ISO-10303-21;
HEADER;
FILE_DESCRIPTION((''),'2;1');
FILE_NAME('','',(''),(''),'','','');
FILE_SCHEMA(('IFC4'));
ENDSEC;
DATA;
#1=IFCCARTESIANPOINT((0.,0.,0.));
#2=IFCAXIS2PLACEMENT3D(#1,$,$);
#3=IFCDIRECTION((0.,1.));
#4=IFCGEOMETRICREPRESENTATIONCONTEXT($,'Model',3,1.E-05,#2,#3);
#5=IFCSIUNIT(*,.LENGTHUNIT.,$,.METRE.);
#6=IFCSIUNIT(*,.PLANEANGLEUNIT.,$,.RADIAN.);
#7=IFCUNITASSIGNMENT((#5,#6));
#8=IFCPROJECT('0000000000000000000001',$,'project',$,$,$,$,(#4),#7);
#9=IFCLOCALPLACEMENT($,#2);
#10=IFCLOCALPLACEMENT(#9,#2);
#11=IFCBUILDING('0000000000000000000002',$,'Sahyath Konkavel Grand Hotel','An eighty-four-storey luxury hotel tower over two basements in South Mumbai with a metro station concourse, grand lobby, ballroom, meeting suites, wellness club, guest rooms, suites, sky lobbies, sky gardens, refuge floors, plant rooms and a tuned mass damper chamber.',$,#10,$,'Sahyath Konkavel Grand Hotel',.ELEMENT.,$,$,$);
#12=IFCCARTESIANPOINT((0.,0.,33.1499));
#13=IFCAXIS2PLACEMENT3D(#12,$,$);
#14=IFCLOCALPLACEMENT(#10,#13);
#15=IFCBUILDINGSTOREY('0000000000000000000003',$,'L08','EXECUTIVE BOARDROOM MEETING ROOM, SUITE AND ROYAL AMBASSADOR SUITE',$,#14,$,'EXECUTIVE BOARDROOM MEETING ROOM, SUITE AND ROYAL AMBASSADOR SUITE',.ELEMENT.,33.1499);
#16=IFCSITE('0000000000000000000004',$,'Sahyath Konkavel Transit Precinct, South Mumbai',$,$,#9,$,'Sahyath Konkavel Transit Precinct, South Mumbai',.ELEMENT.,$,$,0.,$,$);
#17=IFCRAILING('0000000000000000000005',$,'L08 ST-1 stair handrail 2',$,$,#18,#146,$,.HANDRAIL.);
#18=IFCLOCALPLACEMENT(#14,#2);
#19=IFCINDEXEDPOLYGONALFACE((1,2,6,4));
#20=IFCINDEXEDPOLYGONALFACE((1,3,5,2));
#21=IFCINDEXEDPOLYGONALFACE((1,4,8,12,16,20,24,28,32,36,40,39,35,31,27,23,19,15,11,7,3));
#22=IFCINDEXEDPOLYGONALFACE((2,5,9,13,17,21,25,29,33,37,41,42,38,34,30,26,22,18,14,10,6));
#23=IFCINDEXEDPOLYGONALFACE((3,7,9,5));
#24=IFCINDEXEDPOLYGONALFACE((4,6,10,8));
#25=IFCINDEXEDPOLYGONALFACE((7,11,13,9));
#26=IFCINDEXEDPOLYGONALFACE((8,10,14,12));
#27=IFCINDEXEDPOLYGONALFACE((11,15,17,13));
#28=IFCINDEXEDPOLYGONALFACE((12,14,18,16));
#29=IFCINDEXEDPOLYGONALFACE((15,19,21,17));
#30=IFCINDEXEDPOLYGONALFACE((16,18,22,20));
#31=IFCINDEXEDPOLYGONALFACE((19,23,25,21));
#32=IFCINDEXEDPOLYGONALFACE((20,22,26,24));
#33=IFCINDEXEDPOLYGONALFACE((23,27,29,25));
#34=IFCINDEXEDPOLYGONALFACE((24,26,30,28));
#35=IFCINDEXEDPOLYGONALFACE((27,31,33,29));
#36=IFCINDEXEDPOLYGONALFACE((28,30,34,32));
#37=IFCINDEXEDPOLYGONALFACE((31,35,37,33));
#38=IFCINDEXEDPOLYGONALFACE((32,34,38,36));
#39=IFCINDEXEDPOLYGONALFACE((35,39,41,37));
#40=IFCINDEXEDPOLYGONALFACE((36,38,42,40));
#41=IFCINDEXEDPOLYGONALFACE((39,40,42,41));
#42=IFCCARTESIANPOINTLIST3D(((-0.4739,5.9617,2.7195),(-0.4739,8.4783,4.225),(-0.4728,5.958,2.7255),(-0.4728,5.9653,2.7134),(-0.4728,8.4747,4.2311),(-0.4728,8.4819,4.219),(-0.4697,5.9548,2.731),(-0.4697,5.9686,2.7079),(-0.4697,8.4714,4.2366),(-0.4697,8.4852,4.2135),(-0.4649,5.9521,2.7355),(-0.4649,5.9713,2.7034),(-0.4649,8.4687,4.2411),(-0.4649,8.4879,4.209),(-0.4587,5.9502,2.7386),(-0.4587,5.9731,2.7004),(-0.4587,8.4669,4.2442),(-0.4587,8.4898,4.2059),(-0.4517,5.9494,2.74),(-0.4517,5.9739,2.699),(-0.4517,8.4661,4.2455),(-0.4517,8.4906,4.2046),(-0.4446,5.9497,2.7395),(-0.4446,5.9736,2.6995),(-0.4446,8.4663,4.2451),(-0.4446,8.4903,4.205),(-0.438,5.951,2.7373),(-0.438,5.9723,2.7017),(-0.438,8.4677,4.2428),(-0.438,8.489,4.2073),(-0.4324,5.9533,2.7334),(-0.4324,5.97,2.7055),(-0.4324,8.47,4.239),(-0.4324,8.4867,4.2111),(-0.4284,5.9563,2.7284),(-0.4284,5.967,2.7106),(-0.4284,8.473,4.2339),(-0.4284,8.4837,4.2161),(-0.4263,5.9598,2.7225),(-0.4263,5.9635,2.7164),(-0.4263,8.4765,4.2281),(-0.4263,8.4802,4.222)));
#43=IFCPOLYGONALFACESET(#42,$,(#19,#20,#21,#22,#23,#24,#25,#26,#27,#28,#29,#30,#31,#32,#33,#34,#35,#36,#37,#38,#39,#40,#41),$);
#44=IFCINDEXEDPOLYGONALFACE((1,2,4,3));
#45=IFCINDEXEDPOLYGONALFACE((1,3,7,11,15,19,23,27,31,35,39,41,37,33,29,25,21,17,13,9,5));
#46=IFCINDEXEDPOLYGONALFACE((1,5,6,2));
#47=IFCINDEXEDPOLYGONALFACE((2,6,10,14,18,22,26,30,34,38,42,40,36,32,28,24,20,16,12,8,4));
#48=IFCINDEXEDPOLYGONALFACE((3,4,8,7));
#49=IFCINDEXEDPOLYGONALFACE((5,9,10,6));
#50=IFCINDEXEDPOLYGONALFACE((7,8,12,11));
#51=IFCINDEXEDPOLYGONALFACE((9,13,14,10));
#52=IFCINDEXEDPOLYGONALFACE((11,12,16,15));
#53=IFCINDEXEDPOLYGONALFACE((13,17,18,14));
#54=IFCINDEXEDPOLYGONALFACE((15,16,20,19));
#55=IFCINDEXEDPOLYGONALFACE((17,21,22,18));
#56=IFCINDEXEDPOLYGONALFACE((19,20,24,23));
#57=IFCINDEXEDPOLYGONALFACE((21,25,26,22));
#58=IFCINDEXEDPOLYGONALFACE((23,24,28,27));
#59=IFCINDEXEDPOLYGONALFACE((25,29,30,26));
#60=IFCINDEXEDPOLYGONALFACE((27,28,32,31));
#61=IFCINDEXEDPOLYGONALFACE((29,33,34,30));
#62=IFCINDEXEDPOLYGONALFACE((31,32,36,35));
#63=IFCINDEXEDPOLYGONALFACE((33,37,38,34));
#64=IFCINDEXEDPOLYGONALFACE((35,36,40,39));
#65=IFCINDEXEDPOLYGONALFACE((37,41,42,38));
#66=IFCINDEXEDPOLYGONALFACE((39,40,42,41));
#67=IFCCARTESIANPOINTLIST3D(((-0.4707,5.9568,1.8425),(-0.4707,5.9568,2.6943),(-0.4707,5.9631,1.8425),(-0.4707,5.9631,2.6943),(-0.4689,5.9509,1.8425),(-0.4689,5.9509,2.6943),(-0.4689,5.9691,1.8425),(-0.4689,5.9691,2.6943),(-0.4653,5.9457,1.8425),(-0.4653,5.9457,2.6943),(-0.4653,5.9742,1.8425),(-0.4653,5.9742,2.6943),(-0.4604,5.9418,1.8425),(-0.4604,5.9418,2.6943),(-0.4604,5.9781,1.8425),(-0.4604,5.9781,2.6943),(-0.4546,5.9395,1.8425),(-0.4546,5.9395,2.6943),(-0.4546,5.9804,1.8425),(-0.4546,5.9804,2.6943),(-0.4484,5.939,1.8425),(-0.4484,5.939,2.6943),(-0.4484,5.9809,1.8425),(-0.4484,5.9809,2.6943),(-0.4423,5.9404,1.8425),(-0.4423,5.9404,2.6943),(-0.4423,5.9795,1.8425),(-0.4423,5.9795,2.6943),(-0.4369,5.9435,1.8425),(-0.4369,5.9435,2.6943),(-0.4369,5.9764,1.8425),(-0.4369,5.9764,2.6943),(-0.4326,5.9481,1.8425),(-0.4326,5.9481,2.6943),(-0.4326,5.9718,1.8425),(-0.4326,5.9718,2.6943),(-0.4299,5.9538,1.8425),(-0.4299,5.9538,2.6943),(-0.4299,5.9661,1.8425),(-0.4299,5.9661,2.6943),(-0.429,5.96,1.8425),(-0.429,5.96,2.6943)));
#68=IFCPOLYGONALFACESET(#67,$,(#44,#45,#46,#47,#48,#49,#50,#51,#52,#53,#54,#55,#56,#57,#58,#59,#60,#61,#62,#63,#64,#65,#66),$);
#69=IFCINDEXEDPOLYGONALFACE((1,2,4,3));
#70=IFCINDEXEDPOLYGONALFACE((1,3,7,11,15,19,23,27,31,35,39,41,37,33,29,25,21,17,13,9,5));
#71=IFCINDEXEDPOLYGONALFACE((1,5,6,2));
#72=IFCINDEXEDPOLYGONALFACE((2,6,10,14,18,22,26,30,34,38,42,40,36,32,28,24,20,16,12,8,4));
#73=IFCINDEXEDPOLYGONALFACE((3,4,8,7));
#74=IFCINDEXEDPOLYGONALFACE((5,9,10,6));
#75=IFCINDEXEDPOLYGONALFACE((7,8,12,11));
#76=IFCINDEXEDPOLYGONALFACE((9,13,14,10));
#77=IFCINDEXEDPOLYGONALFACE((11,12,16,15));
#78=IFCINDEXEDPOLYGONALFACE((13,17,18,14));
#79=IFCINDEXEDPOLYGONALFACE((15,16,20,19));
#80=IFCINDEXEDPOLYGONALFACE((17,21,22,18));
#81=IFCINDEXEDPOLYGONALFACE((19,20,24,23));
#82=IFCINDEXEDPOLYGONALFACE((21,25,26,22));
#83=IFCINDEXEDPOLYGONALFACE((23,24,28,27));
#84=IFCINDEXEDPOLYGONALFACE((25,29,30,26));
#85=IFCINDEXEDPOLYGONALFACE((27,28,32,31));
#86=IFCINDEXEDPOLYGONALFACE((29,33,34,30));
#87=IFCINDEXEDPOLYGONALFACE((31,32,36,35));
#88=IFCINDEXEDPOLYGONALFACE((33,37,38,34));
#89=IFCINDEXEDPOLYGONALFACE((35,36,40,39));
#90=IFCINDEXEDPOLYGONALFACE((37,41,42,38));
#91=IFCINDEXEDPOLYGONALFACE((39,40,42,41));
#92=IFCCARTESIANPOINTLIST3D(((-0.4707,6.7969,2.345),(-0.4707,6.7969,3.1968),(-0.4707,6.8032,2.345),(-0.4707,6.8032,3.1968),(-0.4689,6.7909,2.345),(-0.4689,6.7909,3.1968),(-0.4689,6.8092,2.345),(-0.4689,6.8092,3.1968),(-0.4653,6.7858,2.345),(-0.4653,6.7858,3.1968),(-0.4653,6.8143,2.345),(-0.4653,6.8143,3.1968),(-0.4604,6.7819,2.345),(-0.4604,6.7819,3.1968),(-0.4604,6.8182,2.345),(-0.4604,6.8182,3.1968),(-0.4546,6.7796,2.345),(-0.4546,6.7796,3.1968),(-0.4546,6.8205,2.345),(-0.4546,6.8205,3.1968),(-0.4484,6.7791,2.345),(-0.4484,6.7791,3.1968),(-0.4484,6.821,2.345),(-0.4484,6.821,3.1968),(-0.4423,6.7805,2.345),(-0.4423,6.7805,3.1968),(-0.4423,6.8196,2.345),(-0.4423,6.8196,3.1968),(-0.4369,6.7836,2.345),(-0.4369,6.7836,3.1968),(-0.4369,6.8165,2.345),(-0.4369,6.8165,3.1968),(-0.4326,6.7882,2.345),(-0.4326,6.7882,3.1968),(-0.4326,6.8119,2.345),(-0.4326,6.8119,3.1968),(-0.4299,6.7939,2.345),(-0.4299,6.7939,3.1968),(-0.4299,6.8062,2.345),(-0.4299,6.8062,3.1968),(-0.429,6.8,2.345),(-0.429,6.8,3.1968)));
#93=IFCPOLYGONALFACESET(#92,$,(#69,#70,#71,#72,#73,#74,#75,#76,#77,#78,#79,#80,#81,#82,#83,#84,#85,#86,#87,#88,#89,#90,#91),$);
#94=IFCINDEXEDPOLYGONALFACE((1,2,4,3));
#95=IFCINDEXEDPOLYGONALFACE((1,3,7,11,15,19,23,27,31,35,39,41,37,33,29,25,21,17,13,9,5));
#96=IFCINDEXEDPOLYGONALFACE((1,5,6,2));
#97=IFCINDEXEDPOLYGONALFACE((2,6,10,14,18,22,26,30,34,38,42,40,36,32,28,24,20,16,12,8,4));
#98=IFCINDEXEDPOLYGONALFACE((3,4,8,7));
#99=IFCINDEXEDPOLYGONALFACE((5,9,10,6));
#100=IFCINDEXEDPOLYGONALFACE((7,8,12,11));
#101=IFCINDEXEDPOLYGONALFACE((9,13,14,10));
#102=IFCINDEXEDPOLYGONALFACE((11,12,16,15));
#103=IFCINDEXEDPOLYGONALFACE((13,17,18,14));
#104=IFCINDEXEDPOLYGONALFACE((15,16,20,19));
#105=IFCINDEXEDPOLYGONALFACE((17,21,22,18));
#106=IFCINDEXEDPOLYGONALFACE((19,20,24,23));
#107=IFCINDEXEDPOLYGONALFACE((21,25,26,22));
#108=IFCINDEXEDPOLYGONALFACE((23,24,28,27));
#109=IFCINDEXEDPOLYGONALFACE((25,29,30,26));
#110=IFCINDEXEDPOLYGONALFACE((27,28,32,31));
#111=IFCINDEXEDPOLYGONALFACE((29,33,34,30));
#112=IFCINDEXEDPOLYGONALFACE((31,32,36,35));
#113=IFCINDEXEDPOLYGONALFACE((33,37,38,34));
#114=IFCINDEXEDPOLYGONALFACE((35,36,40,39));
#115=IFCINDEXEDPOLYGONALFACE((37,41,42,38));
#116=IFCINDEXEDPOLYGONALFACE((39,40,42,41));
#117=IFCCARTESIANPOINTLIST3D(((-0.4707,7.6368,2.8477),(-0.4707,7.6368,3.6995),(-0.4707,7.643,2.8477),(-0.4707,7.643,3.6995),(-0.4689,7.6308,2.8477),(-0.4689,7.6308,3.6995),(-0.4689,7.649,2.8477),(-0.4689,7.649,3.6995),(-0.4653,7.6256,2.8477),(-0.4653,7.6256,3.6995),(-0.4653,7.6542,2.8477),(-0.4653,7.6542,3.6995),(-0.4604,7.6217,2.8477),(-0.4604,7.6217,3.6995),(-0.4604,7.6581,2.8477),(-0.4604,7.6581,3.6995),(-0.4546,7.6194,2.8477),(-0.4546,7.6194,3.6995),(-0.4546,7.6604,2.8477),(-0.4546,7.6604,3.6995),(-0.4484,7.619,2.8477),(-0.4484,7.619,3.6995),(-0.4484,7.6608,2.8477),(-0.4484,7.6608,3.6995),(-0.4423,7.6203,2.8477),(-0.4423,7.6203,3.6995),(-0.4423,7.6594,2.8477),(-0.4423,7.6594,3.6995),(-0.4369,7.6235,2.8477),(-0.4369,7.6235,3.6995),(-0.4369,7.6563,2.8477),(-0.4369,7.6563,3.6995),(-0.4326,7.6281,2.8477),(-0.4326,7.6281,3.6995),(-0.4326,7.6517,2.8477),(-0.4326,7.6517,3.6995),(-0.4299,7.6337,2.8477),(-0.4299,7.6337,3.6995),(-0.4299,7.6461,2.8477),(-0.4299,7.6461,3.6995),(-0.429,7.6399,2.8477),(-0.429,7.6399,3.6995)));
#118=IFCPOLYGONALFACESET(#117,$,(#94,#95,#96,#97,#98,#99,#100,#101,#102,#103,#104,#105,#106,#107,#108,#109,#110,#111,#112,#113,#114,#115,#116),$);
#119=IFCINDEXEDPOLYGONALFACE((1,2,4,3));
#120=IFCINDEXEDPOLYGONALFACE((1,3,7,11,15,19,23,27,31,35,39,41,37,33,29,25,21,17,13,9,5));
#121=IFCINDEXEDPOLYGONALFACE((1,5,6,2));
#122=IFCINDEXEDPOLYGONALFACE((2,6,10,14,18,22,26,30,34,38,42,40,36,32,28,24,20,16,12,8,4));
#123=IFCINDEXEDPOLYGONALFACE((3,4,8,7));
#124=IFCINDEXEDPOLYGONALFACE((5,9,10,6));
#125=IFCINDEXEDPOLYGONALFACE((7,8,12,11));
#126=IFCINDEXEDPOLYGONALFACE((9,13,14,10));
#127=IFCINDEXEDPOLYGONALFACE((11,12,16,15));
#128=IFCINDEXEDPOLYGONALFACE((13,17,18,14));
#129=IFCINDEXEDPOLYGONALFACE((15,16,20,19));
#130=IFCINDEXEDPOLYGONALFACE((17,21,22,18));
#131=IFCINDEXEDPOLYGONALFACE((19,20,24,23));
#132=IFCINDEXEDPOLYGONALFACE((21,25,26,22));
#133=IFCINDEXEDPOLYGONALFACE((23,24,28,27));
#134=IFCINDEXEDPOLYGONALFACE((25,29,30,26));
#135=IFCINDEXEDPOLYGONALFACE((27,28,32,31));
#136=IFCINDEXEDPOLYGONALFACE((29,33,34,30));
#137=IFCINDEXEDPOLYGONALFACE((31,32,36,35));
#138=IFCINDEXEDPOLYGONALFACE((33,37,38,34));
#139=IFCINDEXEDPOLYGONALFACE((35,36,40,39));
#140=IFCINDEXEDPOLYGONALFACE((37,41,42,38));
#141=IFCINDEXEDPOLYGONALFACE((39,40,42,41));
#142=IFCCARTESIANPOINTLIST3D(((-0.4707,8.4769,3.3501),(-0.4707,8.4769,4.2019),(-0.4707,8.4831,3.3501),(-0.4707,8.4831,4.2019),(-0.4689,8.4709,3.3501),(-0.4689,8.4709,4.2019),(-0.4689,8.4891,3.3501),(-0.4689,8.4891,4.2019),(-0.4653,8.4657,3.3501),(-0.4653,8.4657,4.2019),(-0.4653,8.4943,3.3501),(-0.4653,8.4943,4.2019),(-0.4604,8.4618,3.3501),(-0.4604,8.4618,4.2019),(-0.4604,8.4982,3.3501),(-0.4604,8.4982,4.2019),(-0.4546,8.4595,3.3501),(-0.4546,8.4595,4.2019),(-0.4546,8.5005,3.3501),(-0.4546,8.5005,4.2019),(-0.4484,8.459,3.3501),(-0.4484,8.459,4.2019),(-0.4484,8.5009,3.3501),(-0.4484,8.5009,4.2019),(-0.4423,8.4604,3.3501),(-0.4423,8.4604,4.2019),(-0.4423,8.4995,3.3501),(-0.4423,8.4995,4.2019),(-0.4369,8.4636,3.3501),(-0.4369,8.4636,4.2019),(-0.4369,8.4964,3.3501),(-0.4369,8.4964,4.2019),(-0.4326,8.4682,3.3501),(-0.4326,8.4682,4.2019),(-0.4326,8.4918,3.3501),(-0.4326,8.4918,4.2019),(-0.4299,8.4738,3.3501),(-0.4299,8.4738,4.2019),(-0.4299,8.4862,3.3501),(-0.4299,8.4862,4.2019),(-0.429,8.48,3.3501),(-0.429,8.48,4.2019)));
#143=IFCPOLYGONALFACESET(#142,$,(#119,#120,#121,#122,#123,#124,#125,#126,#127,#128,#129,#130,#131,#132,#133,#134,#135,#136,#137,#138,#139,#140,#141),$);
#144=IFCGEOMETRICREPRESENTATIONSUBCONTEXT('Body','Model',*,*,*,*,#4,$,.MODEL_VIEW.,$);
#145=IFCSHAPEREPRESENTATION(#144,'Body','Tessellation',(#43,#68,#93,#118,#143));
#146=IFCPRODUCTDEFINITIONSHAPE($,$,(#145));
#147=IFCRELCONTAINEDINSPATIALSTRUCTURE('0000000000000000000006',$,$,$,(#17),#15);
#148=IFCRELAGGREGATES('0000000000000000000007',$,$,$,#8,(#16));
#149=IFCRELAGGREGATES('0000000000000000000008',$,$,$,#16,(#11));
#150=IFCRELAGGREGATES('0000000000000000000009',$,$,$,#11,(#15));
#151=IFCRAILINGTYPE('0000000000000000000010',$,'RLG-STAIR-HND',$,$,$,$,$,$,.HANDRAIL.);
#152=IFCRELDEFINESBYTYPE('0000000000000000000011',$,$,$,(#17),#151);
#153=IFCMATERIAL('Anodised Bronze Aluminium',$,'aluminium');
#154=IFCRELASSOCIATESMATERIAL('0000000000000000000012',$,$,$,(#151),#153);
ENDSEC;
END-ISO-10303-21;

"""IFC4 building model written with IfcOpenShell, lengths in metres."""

from ifc_helpers import new_model, si_unit, direction, frame, origin, origin_2d, place, context, subcontext, project, spatial, circle, extrude, material, type_object, element, save


model = new_model("IFC4")

# Units and contexts
model_context = context("Model", 3, precision=1e-05, world=origin(), true_north=direction((0.0, 1.0)))
body_context = subcontext(model_context, "Body", "Model", "MODEL_VIEW")
ifc_project = project(units=[si_unit("LENGTHUNIT", "METRE"), si_unit("PLANEANGLEUNIT", "RADIAN")], contexts=[model_context])

# Site, building, storey
site_placement = place(None, origin())
site = spatial("IfcSite", under=ifc_project, at=site_placement, Name="Sahyath Konkavel Transit Precinct, South Mumbai", LongName="Sahyath Konkavel Transit Precinct, South Mumbai", CompositionType="ELEMENT", RefElevation=0.0)
building_placement = place(site_placement, origin())
building = spatial("IfcBuilding", under=site, at=building_placement, Name="Sahyath Konkavel Grand Hotel", Description="An eighty-four-storey luxury hotel tower over two basements in South Mumbai with a metro station concourse, grand lobby, ballroom, meeting suites, wellness club, guest rooms, suites, sky lobbies, sky gardens, refuge floors, plant rooms and a tuned mass damper chamber.", LongName="Sahyath Konkavel Grand Hotel", CompositionType="ELEMENT")
storey_placement = place(building_placement, frame((0.0, 0.0, 33.1499)))
storey = spatial("IfcBuildingStorey", under=building, at=storey_placement, Name="L08", Description="EXECUTIVE BOARDROOM MEETING ROOM, SUITE AND ROYAL AMBASSADOR SUITE", LongName="EXECUTIVE BOARDROOM MEETING ROOM, SUITE AND ROYAL AMBASSADOR SUITE", CompositionType="ELEMENT", Elevation=33.1499)

# Railing
ifc_material_1 = material(Name="Anodised Bronze Aluminium", Category="aluminium")
railing_type_1 = type_object("IfcRailingType", Name="RLG-STAIR-HND", PredefinedType="HANDRAIL", material=ifc_material_1)
railing_1_placement = place(storey_placement, frame((-0.45, 5.96, 1.8425)))
element("IfcRailing", 1, at=railing_1_placement, inside=storey, type_object=railing_type_1, Name="L08 ST-1 stair handrail 2", PredefinedType="HANDRAIL", context=body_context, shape_type="SweptSolid", body=[
    extrude(circle(Radius=0.0239, at=origin_2d()), frame((0.0, 0.0017, 0.877), z_axis=(0.0, 0.85816, 0.513383), x_axis=(-1.0, 0.0, 0.0)), (0.0, 0.0, 1.0), 2.9326),
    extrude(circle(Radius=0.021, at=origin_2d()), origin(), (0.0, 0.0, 1.0), 0.8518),
    extrude(circle(Radius=0.021, at=origin_2d()), frame((0.0, 0.8401, 0.5024)), (0.0, 0.0, 1.0), 0.8518),
    extrude(circle(Radius=0.021, at=origin_2d()), frame((0.0, 1.6799, 1.0051)), (0.0, 0.0, 1.0), 0.8518),
    extrude(circle(Radius=0.021, at=origin_2d()), frame((0.0, 2.52, 1.5076)), (0.0, 0.0, 1.0), 0.8518),
])

save(model, "model.ifc")
